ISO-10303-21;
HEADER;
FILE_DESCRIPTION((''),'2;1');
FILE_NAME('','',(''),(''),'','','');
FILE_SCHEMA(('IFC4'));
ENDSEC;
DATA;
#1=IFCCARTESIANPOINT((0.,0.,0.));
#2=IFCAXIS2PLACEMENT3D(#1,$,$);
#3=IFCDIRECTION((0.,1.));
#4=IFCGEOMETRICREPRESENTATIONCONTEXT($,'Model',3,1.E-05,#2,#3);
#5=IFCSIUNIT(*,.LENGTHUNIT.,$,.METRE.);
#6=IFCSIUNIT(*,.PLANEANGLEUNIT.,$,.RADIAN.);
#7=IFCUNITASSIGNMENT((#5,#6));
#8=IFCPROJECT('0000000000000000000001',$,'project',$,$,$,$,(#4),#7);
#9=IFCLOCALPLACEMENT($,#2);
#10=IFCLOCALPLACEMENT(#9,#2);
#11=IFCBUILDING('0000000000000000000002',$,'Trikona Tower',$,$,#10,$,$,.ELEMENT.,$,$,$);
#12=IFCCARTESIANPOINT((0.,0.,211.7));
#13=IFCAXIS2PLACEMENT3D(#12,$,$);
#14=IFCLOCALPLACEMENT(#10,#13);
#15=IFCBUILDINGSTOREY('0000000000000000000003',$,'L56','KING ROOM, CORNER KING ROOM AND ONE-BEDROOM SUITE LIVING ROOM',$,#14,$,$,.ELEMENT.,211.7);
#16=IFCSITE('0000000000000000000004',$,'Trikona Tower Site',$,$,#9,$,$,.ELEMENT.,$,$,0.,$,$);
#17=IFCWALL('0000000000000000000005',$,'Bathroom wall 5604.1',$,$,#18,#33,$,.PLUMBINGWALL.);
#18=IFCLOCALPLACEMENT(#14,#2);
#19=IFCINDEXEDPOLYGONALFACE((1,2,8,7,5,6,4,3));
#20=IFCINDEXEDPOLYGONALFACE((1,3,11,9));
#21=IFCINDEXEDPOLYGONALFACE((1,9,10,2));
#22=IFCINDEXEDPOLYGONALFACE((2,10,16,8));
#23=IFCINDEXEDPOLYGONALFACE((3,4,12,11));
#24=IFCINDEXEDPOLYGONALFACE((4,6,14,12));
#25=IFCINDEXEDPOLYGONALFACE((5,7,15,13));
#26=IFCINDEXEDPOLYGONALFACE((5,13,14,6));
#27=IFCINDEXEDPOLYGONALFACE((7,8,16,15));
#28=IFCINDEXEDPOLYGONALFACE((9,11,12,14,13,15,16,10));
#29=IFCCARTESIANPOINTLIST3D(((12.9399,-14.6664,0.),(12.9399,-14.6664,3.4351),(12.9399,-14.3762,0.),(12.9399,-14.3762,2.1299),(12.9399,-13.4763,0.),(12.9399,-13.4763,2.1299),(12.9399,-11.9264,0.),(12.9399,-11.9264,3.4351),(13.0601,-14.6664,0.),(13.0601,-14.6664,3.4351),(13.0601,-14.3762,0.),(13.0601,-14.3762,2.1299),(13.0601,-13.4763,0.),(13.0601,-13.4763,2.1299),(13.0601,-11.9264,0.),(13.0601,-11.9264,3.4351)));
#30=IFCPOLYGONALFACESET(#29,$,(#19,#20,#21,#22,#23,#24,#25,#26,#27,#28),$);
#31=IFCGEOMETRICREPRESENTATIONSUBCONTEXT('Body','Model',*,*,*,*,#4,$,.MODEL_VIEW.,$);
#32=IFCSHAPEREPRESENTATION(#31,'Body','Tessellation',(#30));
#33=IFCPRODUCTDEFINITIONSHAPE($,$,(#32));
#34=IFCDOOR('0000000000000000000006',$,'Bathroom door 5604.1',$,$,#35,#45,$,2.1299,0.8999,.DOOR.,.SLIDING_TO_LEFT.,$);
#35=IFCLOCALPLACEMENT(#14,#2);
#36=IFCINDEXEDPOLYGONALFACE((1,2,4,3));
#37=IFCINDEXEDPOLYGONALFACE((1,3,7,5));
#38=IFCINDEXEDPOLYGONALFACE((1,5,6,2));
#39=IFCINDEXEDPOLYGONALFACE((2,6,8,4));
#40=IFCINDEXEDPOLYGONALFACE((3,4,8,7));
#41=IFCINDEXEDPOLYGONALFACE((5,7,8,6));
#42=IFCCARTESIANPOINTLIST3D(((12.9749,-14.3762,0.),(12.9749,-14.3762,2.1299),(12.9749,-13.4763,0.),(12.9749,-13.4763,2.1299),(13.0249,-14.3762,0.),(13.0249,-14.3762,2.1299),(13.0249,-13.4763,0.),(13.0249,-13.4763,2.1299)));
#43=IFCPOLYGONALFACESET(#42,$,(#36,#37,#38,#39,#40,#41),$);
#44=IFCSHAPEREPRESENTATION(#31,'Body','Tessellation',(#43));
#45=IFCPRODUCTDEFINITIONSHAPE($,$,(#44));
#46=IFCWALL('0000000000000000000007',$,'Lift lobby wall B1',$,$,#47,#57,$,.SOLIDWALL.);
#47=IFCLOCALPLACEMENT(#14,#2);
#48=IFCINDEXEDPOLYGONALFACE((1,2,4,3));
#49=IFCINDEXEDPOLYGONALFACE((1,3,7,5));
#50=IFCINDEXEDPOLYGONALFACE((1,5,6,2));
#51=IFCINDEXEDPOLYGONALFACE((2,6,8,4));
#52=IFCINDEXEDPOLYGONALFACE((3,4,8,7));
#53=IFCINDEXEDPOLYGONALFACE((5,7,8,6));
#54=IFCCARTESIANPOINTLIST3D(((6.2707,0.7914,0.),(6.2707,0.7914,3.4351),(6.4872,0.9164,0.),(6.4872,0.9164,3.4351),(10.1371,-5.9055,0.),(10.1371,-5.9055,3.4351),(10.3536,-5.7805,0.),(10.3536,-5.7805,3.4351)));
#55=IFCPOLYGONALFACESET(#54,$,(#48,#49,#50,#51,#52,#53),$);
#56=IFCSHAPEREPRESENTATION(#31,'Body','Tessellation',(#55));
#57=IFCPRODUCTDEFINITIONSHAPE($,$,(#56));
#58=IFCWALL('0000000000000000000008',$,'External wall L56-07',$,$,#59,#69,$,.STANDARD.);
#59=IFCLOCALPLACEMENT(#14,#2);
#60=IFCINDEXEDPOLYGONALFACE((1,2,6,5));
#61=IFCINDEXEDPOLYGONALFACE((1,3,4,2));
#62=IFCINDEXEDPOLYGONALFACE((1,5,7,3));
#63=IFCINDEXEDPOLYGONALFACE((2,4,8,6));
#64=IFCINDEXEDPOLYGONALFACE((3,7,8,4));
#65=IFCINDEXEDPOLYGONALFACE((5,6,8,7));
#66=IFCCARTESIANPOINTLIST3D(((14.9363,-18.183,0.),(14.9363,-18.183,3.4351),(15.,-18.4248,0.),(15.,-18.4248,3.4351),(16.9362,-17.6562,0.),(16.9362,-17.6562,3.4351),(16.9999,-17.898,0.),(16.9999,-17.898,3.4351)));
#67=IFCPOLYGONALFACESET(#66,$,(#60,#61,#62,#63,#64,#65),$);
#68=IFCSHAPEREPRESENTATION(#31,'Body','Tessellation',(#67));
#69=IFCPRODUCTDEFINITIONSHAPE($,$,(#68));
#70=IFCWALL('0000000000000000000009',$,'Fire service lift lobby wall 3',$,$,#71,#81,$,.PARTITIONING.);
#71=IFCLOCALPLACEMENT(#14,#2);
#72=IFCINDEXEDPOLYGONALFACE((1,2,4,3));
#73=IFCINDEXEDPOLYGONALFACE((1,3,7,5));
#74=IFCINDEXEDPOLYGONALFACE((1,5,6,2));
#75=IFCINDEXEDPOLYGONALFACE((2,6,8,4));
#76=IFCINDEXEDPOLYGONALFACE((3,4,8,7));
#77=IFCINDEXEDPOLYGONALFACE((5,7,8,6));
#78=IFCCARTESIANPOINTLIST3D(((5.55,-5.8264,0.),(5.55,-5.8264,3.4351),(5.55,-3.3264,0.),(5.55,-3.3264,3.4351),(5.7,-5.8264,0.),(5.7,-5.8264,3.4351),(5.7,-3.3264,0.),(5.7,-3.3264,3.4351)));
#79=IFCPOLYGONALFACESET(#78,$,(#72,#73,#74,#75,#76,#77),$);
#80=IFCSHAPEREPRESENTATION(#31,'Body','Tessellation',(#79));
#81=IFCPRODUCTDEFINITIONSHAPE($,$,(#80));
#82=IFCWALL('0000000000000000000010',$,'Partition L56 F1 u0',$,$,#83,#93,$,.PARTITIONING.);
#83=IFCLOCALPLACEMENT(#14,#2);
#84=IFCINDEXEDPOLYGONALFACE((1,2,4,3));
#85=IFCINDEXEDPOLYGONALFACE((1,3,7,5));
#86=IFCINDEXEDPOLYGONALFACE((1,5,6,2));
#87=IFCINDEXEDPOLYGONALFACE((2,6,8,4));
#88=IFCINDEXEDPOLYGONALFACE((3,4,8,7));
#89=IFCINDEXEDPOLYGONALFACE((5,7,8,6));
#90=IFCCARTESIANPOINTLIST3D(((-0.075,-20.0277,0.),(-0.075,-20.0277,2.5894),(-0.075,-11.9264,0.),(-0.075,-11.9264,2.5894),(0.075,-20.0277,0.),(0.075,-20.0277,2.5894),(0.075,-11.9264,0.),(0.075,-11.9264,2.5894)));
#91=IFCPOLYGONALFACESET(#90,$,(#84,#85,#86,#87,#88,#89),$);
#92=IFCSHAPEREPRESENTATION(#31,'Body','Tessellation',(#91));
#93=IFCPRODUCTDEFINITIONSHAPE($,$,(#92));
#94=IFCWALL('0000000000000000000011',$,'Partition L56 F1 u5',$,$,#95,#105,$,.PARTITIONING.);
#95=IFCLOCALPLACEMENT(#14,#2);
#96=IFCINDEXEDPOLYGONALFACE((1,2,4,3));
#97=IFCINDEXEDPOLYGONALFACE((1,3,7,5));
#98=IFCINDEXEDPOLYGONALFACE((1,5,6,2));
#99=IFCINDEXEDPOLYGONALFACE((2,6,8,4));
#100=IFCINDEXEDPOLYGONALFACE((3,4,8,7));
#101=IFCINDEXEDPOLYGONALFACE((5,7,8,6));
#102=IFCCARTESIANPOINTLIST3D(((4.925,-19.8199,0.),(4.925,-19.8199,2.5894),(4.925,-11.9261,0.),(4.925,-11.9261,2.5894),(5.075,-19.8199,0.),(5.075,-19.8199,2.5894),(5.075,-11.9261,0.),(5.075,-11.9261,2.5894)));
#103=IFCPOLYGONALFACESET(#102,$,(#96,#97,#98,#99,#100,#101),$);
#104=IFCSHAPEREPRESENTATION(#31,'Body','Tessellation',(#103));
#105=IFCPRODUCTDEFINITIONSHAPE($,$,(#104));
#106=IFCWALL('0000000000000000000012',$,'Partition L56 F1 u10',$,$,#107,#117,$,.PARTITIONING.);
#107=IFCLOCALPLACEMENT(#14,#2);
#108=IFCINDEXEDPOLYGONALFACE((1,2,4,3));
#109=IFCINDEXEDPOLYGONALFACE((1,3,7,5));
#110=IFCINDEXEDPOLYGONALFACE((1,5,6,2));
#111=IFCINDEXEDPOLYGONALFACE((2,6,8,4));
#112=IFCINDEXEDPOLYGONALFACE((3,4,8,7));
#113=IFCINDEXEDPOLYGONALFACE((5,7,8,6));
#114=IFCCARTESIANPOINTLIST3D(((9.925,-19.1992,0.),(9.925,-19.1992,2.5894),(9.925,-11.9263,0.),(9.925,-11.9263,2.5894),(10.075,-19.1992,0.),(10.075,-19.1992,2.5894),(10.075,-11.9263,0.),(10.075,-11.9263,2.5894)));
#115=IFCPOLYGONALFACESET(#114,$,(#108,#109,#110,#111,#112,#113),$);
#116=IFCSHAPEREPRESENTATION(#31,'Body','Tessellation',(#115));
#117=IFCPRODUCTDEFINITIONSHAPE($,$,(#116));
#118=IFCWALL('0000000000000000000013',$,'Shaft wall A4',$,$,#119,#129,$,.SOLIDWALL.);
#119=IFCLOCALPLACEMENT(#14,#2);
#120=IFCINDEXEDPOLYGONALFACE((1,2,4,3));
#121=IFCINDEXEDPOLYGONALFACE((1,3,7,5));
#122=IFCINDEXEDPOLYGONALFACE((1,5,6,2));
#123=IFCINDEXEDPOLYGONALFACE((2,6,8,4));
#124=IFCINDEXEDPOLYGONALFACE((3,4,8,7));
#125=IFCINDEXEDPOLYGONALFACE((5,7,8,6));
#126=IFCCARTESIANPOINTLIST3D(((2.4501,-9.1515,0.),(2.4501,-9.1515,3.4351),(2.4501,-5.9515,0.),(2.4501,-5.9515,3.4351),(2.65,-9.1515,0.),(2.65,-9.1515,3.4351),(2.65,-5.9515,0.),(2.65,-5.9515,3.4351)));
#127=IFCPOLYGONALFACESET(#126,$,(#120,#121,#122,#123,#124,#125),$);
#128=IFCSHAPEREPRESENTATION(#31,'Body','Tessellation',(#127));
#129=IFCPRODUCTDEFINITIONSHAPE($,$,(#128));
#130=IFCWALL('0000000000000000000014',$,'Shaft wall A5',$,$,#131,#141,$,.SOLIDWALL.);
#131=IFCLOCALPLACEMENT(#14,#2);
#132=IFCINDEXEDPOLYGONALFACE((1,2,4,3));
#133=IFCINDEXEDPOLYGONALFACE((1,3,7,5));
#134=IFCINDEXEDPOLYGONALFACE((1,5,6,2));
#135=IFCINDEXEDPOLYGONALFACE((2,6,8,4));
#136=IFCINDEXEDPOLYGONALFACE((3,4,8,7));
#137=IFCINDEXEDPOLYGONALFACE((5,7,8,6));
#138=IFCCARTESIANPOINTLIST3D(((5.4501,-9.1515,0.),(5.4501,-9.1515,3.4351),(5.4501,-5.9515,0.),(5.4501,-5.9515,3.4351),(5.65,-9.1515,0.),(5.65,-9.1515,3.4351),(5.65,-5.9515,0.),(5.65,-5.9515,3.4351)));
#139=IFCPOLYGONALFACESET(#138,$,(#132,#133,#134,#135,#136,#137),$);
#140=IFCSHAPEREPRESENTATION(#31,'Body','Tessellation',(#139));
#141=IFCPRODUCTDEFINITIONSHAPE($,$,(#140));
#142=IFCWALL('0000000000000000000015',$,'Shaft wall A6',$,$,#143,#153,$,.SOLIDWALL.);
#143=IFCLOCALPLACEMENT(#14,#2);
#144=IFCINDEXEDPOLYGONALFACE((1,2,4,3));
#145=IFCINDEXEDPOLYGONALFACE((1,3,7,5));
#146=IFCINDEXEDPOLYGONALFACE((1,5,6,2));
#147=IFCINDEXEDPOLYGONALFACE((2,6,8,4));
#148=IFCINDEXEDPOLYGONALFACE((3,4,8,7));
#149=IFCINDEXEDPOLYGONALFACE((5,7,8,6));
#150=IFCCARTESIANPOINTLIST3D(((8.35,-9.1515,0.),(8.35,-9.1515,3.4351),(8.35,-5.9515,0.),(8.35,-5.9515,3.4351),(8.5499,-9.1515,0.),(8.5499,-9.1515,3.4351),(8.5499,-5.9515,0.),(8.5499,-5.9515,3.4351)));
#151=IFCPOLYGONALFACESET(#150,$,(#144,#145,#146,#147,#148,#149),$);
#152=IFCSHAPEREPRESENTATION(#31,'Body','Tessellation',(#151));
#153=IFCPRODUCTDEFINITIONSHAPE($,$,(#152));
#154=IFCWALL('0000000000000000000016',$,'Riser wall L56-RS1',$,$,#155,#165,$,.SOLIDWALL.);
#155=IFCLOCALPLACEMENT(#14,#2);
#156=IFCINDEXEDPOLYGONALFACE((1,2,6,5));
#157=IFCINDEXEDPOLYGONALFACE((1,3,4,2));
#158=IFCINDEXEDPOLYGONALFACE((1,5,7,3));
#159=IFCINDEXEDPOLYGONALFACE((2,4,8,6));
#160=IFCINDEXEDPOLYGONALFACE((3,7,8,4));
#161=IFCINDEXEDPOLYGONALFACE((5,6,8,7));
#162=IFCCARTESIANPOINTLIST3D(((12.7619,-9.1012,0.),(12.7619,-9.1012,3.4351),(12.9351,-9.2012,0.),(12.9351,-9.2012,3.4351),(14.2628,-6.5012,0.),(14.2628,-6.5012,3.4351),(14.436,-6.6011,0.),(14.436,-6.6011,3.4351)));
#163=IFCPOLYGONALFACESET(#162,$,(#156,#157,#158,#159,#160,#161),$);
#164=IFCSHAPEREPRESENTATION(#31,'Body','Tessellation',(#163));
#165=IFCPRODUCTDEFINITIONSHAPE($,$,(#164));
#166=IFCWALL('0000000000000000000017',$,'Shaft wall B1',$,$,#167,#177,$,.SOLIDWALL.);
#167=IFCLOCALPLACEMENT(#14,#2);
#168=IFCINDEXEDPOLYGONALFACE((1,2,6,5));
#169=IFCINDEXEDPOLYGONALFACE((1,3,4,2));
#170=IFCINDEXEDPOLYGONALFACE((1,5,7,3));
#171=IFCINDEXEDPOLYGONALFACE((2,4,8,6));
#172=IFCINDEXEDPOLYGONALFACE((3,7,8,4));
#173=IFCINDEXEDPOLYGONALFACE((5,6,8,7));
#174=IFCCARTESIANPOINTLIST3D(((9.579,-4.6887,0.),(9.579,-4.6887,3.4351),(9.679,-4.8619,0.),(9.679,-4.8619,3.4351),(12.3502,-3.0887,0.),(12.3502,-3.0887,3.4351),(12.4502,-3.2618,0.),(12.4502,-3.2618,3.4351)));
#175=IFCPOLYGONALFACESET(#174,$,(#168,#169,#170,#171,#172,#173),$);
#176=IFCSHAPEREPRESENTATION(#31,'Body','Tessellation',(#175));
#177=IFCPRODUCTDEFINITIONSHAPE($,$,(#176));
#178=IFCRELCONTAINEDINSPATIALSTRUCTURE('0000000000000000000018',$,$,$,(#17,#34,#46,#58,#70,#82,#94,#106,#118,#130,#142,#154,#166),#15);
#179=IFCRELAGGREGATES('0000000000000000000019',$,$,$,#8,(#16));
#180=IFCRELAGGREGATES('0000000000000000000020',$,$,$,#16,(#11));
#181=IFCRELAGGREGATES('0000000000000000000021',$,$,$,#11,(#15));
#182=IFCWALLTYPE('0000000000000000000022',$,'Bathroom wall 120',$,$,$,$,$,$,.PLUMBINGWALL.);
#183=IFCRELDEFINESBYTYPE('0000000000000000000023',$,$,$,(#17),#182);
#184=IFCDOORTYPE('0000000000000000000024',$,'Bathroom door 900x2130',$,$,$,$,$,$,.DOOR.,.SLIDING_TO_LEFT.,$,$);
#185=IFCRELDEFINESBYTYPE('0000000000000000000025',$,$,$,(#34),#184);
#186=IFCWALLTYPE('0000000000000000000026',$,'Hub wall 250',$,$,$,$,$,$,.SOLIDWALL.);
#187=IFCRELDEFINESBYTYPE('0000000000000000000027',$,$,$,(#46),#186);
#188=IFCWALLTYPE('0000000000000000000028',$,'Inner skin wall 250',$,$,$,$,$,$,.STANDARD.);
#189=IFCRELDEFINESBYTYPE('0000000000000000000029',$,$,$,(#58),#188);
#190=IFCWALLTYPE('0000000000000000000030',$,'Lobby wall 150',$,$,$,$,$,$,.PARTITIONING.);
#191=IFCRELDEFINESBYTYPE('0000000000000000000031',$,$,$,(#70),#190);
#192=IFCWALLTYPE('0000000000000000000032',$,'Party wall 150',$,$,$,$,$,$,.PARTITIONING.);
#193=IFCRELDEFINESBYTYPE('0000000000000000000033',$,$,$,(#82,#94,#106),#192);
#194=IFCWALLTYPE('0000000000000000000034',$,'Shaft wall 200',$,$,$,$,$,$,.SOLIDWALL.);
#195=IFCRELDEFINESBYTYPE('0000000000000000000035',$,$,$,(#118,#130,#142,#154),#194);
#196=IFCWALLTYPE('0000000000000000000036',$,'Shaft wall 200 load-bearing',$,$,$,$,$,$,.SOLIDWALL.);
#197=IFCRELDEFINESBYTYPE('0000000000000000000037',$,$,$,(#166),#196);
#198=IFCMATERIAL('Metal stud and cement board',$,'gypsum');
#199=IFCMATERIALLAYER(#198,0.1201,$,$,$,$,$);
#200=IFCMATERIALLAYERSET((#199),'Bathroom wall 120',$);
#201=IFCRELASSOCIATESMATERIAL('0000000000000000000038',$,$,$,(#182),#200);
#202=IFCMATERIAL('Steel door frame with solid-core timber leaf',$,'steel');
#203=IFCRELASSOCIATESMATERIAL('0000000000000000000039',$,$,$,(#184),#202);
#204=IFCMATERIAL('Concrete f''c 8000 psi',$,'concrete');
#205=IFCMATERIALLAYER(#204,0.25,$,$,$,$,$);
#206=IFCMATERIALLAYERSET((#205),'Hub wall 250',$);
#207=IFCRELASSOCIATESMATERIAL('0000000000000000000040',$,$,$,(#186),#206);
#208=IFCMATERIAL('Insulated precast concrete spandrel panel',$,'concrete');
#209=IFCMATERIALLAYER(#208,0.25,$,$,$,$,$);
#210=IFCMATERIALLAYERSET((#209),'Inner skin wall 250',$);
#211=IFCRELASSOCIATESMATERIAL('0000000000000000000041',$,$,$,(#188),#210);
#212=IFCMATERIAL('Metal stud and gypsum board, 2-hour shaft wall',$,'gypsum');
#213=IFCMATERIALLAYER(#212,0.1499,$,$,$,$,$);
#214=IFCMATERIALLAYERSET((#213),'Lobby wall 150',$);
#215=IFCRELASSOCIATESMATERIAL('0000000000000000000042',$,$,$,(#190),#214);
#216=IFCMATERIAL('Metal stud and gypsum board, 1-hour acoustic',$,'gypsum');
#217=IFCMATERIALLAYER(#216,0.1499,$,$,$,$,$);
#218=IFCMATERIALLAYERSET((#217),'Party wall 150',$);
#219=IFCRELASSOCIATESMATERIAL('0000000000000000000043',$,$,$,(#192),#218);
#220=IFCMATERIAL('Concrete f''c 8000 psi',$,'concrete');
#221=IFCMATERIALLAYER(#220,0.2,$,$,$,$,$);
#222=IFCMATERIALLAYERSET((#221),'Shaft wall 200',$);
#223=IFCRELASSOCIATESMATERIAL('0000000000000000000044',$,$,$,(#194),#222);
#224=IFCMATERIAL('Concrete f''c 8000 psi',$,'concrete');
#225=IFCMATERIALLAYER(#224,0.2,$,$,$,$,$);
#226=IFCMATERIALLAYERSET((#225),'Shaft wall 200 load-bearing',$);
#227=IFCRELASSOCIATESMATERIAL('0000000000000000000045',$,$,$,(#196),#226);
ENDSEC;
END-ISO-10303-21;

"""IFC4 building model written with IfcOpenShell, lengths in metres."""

from ifc_helpers import new_model, si_unit, direction, frame, frame_2d, origin, place, context, subcontext, project, spatial, rectangle, extrude, material, layer, layer_set, type_object, element, fill, save


model = new_model("IFC4")

# Units and contexts
model_context = context("Model", 3, precision=1e-05, world=origin(), true_north=direction((0.0, 1.0)))
body_context = subcontext(model_context, "Body", "Model", "MODEL_VIEW")
ifc_project = project(units=[si_unit("LENGTHUNIT", "METRE"), si_unit("PLANEANGLEUNIT", "RADIAN")], contexts=[model_context])

# Site, building, storey
site_placement = place(None, origin())
site = spatial("IfcSite", under=ifc_project, at=site_placement, Name="Trikona Tower Site", CompositionType="ELEMENT", RefElevation=0.0)
building_placement = place(site_placement, origin())
building = spatial("IfcBuilding", under=site, at=building_placement, Name="Trikona Tower", CompositionType="ELEMENT")
storey_placement = place(building_placement, frame((0.0, 0.0, 211.7)))
storey = spatial("IfcBuildingStorey", under=building, at=storey_placement, Name="L56", Description="KING ROOM, CORNER KING ROOM AND ONE-BEDROOM SUITE LIVING ROOM", CompositionType="ELEMENT", Elevation=211.7)

# Shared definitions
ifc_material_1 = material(Name="Metal stud and cement board", Category="gypsum")
ifc_layer_1 = layer(ifc_material_1, 0.1201)
ifc_layer_set_1 = layer_set([ifc_layer_1], Name="Bathroom wall 120")
wall_type_1 = type_object("IfcWallType", Name="Bathroom wall 120", PredefinedType="PLUMBINGWALL", material=ifc_layer_set_1)

# Shared definitions
ifc_material_2 = material(Name="Steel door frame with solid-core timber leaf", Category="steel")
door_type_1 = type_object("IfcDoorType", Name="Bathroom door 900x2130", OperationType="SLIDING_TO_LEFT", PredefinedType="DOOR", material=ifc_material_2)

# Wall, opening, door
wall_1_placement = place(storey_placement, frame((13.0, -11.9263, 0.0), z_axis=(0.0, 0.0, 1.0), x_axis=(0.0, -1.0, 0.0)))
wall_1 = element("IfcWall", 1, at=wall_1_placement, inside=storey, type_object=wall_type_1, Name="Bathroom wall 5604.1", PredefinedType="PLUMBINGWALL", context=body_context, shape_type="SweptSolid", body=[
    extrude(rectangle(XDim=2.74, YDim=0.1201, at=frame_2d((1.3701, 0.0))), origin(), (0.0, 0.0, 1.0), 3.4351),
])
opening_1_placement = place(wall_1_placement, frame((1.55, 0.0, 0.0)))
opening_1 = element("IfcOpeningElement", 2, at=opening_1_placement, cuts=wall_1, PredefinedType="OPENING", context=body_context, shape_type="SweptSolid", body=[
    extrude(rectangle(XDim=0.8999, YDim=2.1299, at=frame_2d((0.45, 1.0649))), frame((0.0, 0.0701, 0.0), z_axis=(0.0, -1.0, 0.0), x_axis=(1.0, 0.0, 0.0)), (0.0, 0.0, 1.0), 0.1401),
])
door_1_placement = place(opening_1_placement, origin())
door_1 = element("IfcDoor", 3, at=door_1_placement, inside=storey, type_object=door_type_1, Name="Bathroom door 5604.1", OperationType="SLIDING_TO_LEFT", OverallHeight=2.1299, OverallWidth=0.8999, PredefinedType="DOOR", context=body_context, shape_type="SweptSolid", body=[
    extrude(rectangle(XDim=0.8999, YDim=2.1299, at=frame_2d((0.45, 1.0649))), frame((0.0, 0.0249, 0.0), z_axis=(0.0, -1.0, 0.0), x_axis=(1.0, 0.0, 0.0)), (0.0, 0.0, 1.0), 0.05),
])
fill(opening_1, door_1)

# Walls
ifc_material_3 = material(Name="Concrete f'c 8000 psi", Category="concrete")
ifc_layer_2 = layer(ifc_material_3, 0.25)
ifc_layer_set_2 = layer_set([ifc_layer_2], Name="Hub wall 250")
wall_type_2 = type_object("IfcWallType", Name="Hub wall 250", PredefinedType="SOLIDWALL", material=ifc_layer_set_2)
wall_2_placement = place(storey_placement, frame((10.2454, -5.843, 0.0), z_axis=(0.0, 0.0, 1.0), x_axis=(-0.499993, 0.866029, 0.0)))
element("IfcWall", 4, at=wall_2_placement, inside=storey, type_object=wall_type_2, Name="Lift lobby wall B1", PredefinedType="SOLIDWALL", context=body_context, shape_type="SweptSolid", body=[
    extrude(rectangle(XDim=7.7329, YDim=0.25, at=frame_2d((3.8665, 0.0))), origin(), (0.0, 0.0, 1.0), 3.4351),
])
ifc_material_4 = material(Name="Insulated precast concrete spandrel panel", Category="concrete")
ifc_layer_3 = layer(ifc_material_4, 0.25)
ifc_layer_set_3 = layer_set([ifc_layer_3], Name="Inner skin wall 250")
wall_type_3 = type_object("IfcWallType", Name="Inner skin wall 250", PredefinedType="STANDARD", material=ifc_layer_set_3)
wall_3_placement = place(storey_placement, frame((14.968, -18.304, 0.0), z_axis=(0.0, 0.0, 1.0), x_axis=(0.96701, 0.254737, 0.0)))
element("IfcWall", 5, at=wall_3_placement, inside=storey, type_object=wall_type_3, Name="External wall L56-07", PredefinedType="STANDARD", context=body_context, shape_type="SweptSolid", body=[
    extrude(rectangle(XDim=2.0681, YDim=0.25, at=frame_2d((1.0342, 0.0))), origin(), (0.0, 0.0, 1.0), 3.4351),
])
ifc_material_5 = material(Name="Metal stud and gypsum board, 2-hour shaft wall", Category="gypsum")
ifc_layer_4 = layer(ifc_material_5, 0.1499)
ifc_layer_set_4 = layer_set([ifc_layer_4], Name="Lobby wall 150")
wall_type_4 = type_object("IfcWallType", Name="Lobby wall 150", PredefinedType="PARTITIONING", material=ifc_layer_set_4)
wall_4_placement = place(storey_placement, frame((5.625, -5.8264, 0.0), z_axis=(0.0, 0.0, 1.0), x_axis=(0.0, 1.0, 0.0)))
element("IfcWall", 6, at=wall_4_placement, inside=storey, type_object=wall_type_4, Name="Fire service lift lobby wall 3", PredefinedType="PARTITIONING", context=body_context, shape_type="SweptSolid", body=[
    extrude(rectangle(XDim=2.5, YDim=0.1499, at=frame_2d((1.25, 0.0))), origin(), (0.0, 0.0, 1.0), 3.4351),
])
ifc_material_6 = material(Name="Metal stud and gypsum board, 1-hour acoustic", Category="gypsum")
ifc_layer_5 = layer(ifc_material_6, 0.1499)
ifc_layer_set_5 = layer_set([ifc_layer_5], Name="Party wall 150")
wall_type_5 = type_object("IfcWallType", Name="Party wall 150", PredefinedType="PARTITIONING", material=ifc_layer_set_5)
wall_5_placement = place(storey_placement, frame((0.0, -11.9263, 0.0), z_axis=(0.0, 0.0, 1.0), x_axis=(0.0, -1.0, 0.0)))
element("IfcWall", 7, at=wall_5_placement, inside=storey, type_object=wall_type_5, Name="Partition L56 F1 u0", PredefinedType="PARTITIONING", context=body_context, shape_type="SweptSolid", body=[
    extrude(rectangle(XDim=8.1013, YDim=0.1499, at=frame_2d((4.0508, 0.0))), origin(), (0.0, 0.0, 1.0), 2.5894),
])
wall_6_placement = place(storey_placement, frame((5.0, -11.9263, 0.0), z_axis=(0.0, 0.0, 1.0), x_axis=(0.0, -1.0, 0.0)))
element("IfcWall", 8, at=wall_6_placement, inside=storey, type_object=wall_type_5, Name="Partition L56 F1 u5", PredefinedType="PARTITIONING", context=body_context, shape_type="SweptSolid", body=[
    extrude(rectangle(XDim=7.8938, YDim=0.1499, at=frame_2d((3.9468, 0.0))), origin(), (0.0, 0.0, 1.0), 2.5894),
])
wall_7_placement = place(storey_placement, frame((10.0, -11.9263, 0.0), z_axis=(0.0, 0.0, 1.0), x_axis=(0.0, -1.0, 0.0)))
element("IfcWall", 9, at=wall_7_placement, inside=storey, type_object=wall_type_5, Name="Partition L56 F1 u10", PredefinedType="PARTITIONING", context=body_context, shape_type="SweptSolid", body=[
    extrude(rectangle(XDim=7.2729, YDim=0.1499, at=frame_2d((3.6365, 0.0))), origin(), (0.0, 0.0, 1.0), 2.5894),
])
ifc_material_7 = material(Name="Concrete f'c 8000 psi", Category="concrete")
ifc_layer_6 = layer(ifc_material_7, 0.2)
ifc_layer_set_6 = layer_set([ifc_layer_6], Name="Shaft wall 200")
wall_type_6 = type_object("IfcWallType", Name="Shaft wall 200", PredefinedType="SOLIDWALL", material=ifc_layer_set_6)
for number, where, z_axis, x_axis, name in (
    (10, (2.55, -5.9514, 0.0), (0.0, 0.0, 1.0), (0.0, -1.0, 0.0), "Shaft wall A4"),
    (11, (5.55, -5.9514, 0.0), (0.0, 0.0, 1.0), (0.0, -1.0, 0.0), "Shaft wall A5"),
    (12, (8.45, -5.9514, 0.0), (0.0, 0.0, 1.0), (0.0, -1.0, 0.0), "Shaft wall A6"),
):
    element("IfcWall", number, at=place(storey_placement, frame(where, z_axis=z_axis, x_axis=x_axis)), inside=storey, type_object=wall_type_6, Name=name, PredefinedType="SOLIDWALL", context=body_context, shape_type="SweptSolid", body=[
        extrude(rectangle(XDim=3.2, YDim=0.2, at=frame_2d((1.6001, 0.0))), origin(), (0.0, 0.0, 1.0), 3.4351),
    ])
wall_8_placement = place(storey_placement, frame((14.3494, -6.5513, 0.0), z_axis=(0.0, 0.0, 1.0), x_axis=(-0.499952, -0.866053, 0.0)))
element("IfcWall", 13, at=wall_8_placement, inside=storey, type_object=wall_type_6, Name="Riser wall L56-RS1", PredefinedType="SOLIDWALL", context=body_context, shape_type="SweptSolid", body=[
    extrude(rectangle(XDim=3.0022, YDim=0.2, at=frame_2d((1.501, 0.0))), origin(), (0.0, 0.0, 1.0), 3.4351),
])
ifc_material_8 = material(Name="Concrete f'c 8000 psi", Category="concrete")
ifc_layer_7 = layer(ifc_material_8, 0.2)
ifc_layer_set_7 = layer_set([ifc_layer_7], Name="Shaft wall 200 load-bearing")
wall_type_7 = type_object("IfcWallType", Name="Shaft wall 200 load-bearing", PredefinedType="SOLIDWALL", material=ifc_layer_set_7)
wall_9_placement = place(storey_placement, frame((9.6289, -4.7754, 0.0), z_axis=(0.0, 0.0, 1.0), x_axis=(0.866009, 0.500028, 0.0)))
element("IfcWall", 14, at=wall_9_placement, inside=storey, type_object=wall_type_7, Name="Shaft wall B1", PredefinedType="SOLIDWALL", context=body_context, shape_type="SweptSolid", body=[
    extrude(rectangle(XDim=3.2, YDim=0.2, at=frame_2d((1.6001, 0.0))), origin(), (0.0, 0.0, 1.0), 3.4351),
])

save(model, "model.ifc")
